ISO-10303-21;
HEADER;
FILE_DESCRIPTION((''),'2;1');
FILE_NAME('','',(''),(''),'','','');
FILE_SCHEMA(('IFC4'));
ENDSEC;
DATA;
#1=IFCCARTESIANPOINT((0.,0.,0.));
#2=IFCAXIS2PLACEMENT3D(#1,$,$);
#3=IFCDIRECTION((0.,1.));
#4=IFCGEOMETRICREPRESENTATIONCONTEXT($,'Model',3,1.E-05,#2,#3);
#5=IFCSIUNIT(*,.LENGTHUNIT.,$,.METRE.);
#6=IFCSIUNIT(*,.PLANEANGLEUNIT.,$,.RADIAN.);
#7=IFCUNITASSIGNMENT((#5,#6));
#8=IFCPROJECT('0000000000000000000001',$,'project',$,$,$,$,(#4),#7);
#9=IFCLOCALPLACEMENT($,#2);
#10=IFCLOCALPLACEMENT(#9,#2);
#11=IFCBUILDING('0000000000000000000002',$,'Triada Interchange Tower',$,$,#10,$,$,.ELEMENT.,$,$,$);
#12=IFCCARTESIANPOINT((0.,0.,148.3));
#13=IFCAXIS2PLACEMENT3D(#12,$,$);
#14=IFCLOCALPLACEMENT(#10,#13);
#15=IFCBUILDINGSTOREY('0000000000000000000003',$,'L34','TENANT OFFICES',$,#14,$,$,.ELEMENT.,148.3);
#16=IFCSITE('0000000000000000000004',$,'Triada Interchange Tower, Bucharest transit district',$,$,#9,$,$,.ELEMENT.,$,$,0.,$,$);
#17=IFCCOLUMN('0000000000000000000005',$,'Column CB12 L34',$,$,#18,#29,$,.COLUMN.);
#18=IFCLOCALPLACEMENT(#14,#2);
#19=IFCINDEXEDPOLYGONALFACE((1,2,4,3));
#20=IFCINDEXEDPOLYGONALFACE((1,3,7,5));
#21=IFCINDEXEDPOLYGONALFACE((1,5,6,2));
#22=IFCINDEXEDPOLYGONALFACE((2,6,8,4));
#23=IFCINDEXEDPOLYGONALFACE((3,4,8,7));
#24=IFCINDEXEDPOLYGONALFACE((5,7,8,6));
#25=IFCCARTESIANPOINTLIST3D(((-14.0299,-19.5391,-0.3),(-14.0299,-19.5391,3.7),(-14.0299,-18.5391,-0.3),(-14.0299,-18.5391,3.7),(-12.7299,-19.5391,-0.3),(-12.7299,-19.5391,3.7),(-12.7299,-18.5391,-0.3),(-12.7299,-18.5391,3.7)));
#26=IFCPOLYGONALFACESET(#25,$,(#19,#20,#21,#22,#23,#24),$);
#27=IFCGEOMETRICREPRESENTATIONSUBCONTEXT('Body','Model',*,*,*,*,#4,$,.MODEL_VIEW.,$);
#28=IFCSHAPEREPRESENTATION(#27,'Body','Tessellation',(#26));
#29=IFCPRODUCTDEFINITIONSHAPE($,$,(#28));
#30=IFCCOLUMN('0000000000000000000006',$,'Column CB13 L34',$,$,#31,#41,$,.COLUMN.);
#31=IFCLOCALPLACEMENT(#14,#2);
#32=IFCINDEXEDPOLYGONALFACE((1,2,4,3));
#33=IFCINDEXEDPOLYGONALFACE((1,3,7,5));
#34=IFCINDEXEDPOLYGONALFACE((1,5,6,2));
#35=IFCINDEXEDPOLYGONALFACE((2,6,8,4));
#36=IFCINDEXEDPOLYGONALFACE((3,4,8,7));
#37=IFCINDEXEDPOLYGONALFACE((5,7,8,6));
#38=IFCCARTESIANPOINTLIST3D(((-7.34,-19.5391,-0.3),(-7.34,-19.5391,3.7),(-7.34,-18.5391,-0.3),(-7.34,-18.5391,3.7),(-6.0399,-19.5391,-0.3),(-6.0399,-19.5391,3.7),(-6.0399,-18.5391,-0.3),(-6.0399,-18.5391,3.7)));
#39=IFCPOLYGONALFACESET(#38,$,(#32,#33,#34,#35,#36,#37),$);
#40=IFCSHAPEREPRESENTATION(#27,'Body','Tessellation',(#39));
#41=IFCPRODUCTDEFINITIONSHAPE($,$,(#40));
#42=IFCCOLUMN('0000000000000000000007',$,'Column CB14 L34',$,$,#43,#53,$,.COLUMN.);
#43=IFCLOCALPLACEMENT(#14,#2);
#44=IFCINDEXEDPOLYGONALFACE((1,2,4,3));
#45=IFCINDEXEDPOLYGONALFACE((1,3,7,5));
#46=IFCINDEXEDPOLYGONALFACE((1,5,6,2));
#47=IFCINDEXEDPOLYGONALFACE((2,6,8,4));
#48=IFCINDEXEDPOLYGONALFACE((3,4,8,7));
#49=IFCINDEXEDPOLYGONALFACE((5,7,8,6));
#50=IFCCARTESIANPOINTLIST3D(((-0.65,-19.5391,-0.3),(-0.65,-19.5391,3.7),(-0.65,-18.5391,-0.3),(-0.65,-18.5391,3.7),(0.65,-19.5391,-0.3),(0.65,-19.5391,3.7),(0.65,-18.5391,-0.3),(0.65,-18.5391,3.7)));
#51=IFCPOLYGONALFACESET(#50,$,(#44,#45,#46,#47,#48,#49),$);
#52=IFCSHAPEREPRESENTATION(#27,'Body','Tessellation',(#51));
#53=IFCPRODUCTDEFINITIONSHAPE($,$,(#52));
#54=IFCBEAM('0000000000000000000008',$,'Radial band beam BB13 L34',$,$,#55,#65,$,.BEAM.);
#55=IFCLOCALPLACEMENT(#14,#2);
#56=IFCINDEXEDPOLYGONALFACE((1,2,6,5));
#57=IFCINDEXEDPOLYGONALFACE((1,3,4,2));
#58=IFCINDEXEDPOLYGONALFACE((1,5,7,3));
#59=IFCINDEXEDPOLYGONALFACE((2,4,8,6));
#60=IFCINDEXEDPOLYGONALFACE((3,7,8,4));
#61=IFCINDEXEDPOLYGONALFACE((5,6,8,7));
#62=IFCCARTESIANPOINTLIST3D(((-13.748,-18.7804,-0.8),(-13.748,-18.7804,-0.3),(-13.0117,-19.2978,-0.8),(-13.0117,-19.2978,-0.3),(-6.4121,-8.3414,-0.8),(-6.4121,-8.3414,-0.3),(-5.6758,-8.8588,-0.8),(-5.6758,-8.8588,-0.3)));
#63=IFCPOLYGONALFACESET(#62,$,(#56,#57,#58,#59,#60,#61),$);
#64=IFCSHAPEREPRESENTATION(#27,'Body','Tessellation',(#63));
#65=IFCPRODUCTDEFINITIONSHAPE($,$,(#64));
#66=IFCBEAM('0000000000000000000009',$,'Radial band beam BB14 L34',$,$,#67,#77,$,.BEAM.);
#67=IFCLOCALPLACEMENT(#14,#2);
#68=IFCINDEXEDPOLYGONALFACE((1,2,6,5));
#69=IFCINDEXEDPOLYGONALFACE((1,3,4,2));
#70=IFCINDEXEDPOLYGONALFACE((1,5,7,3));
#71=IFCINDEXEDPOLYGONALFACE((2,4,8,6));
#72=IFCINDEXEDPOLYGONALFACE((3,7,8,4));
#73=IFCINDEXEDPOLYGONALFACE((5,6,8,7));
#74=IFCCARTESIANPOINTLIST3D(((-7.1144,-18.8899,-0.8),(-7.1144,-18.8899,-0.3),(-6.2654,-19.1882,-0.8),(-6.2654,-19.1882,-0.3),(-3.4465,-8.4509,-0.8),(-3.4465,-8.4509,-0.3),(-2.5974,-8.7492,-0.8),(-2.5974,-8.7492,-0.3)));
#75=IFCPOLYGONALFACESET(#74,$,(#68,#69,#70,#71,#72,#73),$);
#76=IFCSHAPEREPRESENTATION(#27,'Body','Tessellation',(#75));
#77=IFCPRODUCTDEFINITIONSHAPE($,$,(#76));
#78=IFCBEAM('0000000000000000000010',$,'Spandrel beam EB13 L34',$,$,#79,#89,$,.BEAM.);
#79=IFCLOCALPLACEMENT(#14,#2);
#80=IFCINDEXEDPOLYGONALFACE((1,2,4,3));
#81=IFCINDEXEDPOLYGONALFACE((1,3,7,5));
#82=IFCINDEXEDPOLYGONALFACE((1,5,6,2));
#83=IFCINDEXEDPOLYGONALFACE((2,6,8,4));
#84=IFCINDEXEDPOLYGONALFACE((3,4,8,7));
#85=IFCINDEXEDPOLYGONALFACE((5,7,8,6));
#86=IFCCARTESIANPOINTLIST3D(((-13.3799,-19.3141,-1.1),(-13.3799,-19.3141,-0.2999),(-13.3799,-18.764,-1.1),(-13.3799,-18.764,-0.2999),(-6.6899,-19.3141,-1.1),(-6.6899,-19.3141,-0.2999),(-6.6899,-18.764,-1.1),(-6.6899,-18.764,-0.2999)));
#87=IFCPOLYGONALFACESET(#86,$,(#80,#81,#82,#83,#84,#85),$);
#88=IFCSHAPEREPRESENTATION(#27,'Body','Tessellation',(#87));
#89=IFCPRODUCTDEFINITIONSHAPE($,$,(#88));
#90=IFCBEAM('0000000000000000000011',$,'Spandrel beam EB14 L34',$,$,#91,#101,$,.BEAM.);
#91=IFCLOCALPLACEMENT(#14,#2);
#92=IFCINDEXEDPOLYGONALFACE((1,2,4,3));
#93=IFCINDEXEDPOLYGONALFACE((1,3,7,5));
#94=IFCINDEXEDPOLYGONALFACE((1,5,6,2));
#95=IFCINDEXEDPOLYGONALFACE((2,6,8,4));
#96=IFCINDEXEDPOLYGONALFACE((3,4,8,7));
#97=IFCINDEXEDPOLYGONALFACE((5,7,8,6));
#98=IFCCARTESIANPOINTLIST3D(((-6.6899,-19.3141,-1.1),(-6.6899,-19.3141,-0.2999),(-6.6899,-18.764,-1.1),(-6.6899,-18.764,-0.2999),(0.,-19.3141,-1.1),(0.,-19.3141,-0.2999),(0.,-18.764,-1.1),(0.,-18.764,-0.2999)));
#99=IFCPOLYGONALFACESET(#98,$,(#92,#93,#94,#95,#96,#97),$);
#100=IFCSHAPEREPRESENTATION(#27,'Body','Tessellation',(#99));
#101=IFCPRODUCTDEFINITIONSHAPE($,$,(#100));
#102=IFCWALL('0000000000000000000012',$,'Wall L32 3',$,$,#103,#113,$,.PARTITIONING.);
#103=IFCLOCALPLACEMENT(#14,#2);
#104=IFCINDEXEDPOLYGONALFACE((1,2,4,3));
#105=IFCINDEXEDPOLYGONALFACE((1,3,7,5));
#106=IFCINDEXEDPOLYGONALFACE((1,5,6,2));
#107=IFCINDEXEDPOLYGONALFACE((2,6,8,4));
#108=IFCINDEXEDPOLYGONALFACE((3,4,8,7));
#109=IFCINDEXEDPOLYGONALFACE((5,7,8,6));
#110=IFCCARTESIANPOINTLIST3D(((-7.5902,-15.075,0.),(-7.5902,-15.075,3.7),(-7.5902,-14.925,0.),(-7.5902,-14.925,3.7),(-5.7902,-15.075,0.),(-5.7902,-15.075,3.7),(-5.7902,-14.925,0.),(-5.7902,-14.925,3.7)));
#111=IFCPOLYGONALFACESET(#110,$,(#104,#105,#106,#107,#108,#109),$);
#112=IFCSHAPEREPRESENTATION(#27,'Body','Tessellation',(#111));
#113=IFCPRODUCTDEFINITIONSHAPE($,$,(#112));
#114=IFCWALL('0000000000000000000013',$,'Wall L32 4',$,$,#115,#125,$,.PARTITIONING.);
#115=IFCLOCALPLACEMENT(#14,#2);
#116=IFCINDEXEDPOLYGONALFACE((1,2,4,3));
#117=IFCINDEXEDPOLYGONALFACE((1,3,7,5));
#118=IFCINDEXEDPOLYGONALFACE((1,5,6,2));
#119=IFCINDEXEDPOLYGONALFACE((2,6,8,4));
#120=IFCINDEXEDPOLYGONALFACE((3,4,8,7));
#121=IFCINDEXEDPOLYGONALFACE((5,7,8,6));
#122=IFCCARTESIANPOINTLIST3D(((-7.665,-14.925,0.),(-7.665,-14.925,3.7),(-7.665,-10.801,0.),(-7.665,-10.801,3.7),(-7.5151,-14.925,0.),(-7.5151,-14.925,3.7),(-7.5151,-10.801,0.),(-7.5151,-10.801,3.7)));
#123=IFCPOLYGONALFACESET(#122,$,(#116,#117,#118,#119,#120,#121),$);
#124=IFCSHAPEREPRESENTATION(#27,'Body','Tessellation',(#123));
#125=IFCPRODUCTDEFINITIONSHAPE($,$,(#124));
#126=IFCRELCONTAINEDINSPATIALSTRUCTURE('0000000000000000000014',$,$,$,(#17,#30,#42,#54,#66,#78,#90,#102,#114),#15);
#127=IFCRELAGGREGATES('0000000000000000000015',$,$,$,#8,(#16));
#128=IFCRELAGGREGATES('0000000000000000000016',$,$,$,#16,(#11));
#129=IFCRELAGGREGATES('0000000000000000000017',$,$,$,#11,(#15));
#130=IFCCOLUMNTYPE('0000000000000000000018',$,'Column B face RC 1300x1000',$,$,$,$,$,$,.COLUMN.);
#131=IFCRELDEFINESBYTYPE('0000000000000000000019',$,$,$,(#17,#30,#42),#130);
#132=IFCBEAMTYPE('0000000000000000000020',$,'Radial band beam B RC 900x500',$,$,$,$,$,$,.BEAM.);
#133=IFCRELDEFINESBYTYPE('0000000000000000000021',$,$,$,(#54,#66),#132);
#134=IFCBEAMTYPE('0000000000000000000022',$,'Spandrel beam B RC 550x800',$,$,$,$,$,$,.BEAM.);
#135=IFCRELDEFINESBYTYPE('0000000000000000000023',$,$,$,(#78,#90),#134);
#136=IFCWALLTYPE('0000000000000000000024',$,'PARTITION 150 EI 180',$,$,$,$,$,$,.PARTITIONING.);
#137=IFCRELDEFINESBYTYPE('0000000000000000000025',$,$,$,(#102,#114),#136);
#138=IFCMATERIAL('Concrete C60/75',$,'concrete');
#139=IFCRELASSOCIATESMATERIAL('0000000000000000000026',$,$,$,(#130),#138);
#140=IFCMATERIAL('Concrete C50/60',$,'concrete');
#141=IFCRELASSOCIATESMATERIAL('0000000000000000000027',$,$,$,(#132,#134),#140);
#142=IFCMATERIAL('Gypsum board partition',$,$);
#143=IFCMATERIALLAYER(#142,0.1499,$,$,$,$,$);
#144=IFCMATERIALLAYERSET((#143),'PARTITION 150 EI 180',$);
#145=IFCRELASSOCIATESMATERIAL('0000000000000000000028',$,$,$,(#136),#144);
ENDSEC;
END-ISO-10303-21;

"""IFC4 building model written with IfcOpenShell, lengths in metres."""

from ifc_helpers import new_model, si_unit, direction, frame, frame_2d, origin, origin_2d, place, context, subcontext, project, spatial, rectangle, extrude, material, layer, layer_set, material_profile, profile_set, type_object, element, save


model = new_model("IFC4")

# Units and contexts
model_context = context("Model", 3, precision=1e-05, world=origin(), true_north=direction((0.0, 1.0)))
body_context = subcontext(model_context, "Body", "Model", "MODEL_VIEW")
ifc_project = project(units=[si_unit("LENGTHUNIT", "METRE"), si_unit("PLANEANGLEUNIT", "RADIAN")], contexts=[model_context])

# Site, building, storey
site_placement = place(None, origin())
site = spatial("IfcSite", under=ifc_project, at=site_placement, Name="Triada Interchange Tower, Bucharest transit district", CompositionType="ELEMENT", RefElevation=0.0)
building_placement = place(site_placement, origin())
building = spatial("IfcBuilding", under=site, at=building_placement, Name="Triada Interchange Tower", CompositionType="ELEMENT")
storey_placement = place(building_placement, frame((0.0, 0.0, 148.3)))
storey = spatial("IfcBuildingStorey", under=building, at=storey_placement, Name="L34", Description="TENANT OFFICES", CompositionType="ELEMENT", Elevation=148.3)

# Columns
ifc_material_1 = material(Name="Concrete C60/75", Category="concrete")
ifc_material_profile_1 = material_profile(ifc_material_1, rectangle(XDim=1.3, YDim=1.0, at=origin_2d()), Name="RC 1300x1000")
ifc_profile_set_1 = profile_set([ifc_material_profile_1], Name="Concrete C60/75")
column_type = type_object("IfcColumnType", Name="Column B face RC 1300x1000", PredefinedType="COLUMN", material=ifc_profile_set_1)
for number, where, z_axis, x_axis, name in (
    (1, (-13.3799, -19.0391, -0.3), (0.0, 0.0, 1.0), (1.0, 0.0, 0.0), "Column CB12 L34"),
    (2, (-6.6899, -19.0391, -0.3), (0.0, 0.0, 1.0), (1.0, 0.0, 0.0), "Column CB13 L34"),
    (3, (0.0, -19.0391, -0.3), (0.0, 0.0, 1.0), (1.0, 0.0, 0.0), "Column CB14 L34"),
):
    element("IfcColumn", number, at=place(storey_placement, frame(where, z_axis=z_axis, x_axis=x_axis)), inside=storey, type_object=column_type, Name=name, PredefinedType="COLUMN", context=body_context, shape_type="SweptSolid", body=[
        extrude(rectangle(XDim=1.3, YDim=1.0, at=origin_2d()), origin(), (0.0, 0.0, 1.0), 4.0),
    ])

# Beams
ifc_material_2 = material(Name="Concrete C50/60", Category="concrete")
ifc_material_profile_2 = material_profile(ifc_material_2, rectangle(XDim=0.8999, YDim=0.5, at=origin_2d()), Name="RC 900x500")
ifc_profile_set_2 = profile_set([ifc_material_profile_2], Name="Concrete C50/60")
beam_type_1 = type_object("IfcBeamType", Name="Radial band beam B RC 900x500", PredefinedType="BEAM", material=ifc_profile_set_2)
beam_1_placement = place(storey_placement, frame((-13.3799, -19.0391, -0.55), z_axis=(0.574969, 0.818175, 0.0), x_axis=(-0.818175, 0.574969, 0.0)))
element("IfcBeam", 4, at=beam_1_placement, inside=storey, type_object=beam_type_1, Name="Radial band beam BB13 L34", PredefinedType="BEAM", context=body_context, shape_type="SweptSolid", body=[
    extrude(rectangle(XDim=0.8999, YDim=0.5, at=origin_2d()), origin(), (0.0, 0.0, 1.0), 12.7588),
])
beam_2_placement = place(storey_placement, frame((-6.6899, -19.0391, -0.55), z_axis=(0.331504, 0.943454, 0.0), x_axis=(-0.943454, 0.331504, 0.0)))
element("IfcBeam", 5, at=beam_2_placement, inside=storey, type_object=beam_type_1, Name="Radial band beam BB14 L34", PredefinedType="BEAM", context=body_context, shape_type="SweptSolid", body=[
    extrude(rectangle(XDim=0.8999, YDim=0.5, at=origin_2d()), origin(), (0.0, 0.0, 1.0), 11.0647),
])
ifc_material_profile_3 = material_profile(ifc_material_2, rectangle(XDim=0.55, YDim=0.8, at=origin_2d()), Name="RC 550x800")
ifc_profile_set_3 = profile_set([ifc_material_profile_3], Name="Concrete C50/60")
beam_type_2 = type_object("IfcBeamType", Name="Spandrel beam B RC 550x800", PredefinedType="BEAM", material=ifc_profile_set_3)
for number, where, z_axis, x_axis, name in (
    (6, (-13.3799, -19.0391, -0.7), (1.0, 0.0, 0.0), (0.0, 1.0, 0.0), "Spandrel beam EB13 L34"),
    (7, (-6.6899, -19.0391, -0.7), (1.0, 0.0, 0.0), (0.0, 1.0, 0.0), "Spandrel beam EB14 L34"),
):
    element("IfcBeam", number, at=place(storey_placement, frame(where, z_axis=z_axis, x_axis=x_axis)), inside=storey, type_object=beam_type_2, Name=name, PredefinedType="BEAM", context=body_context, shape_type="SweptSolid", body=[
        extrude(rectangle(XDim=0.55, YDim=0.8, at=origin_2d()), origin(), (0.0, 0.0, 1.0), 6.6899),
    ])

# Walls
ifc_material_3 = material(Name="Gypsum board partition")
ifc_layer_1 = layer(ifc_material_3, 0.1499)
ifc_layer_set_1 = layer_set([ifc_layer_1], Name="PARTITION 150 EI 180")
wall_type = type_object("IfcWallType", Name="PARTITION 150 EI 180", PredefinedType="PARTITIONING", material=ifc_layer_set_1)
wall_1_placement = place(storey_placement, frame((-7.5901, -15.0, 0.0), z_axis=(0.0, 0.0, 1.0), x_axis=(1.0, 0.0, 0.0)))
element("IfcWall", 8, at=wall_1_placement, inside=storey, type_object=wall_type, Name="Wall L32 3", PredefinedType="PARTITIONING", context=body_context, shape_type="SweptSolid", body=[
    extrude(rectangle(XDim=1.8, YDim=0.1499, at=frame_2d((0.8999, 0.0))), origin(), (0.0, 0.0, 1.0), 3.7),
])
wall_2_placement = place(storey_placement, frame((-7.5901, -14.925, 0.0), z_axis=(0.0, 0.0, 1.0), x_axis=(0.0, 1.0, 0.0)))
element("IfcWall", 9, at=wall_2_placement, inside=storey, type_object=wall_type, Name="Wall L32 4", PredefinedType="PARTITIONING", context=body_context, shape_type="SweptSolid", body=[
    extrude(rectangle(XDim=4.124, YDim=0.1499, at=frame_2d((2.062, 0.0))), origin(), (0.0, 0.0, 1.0), 3.7),
])

save(model, "model.ifc")
